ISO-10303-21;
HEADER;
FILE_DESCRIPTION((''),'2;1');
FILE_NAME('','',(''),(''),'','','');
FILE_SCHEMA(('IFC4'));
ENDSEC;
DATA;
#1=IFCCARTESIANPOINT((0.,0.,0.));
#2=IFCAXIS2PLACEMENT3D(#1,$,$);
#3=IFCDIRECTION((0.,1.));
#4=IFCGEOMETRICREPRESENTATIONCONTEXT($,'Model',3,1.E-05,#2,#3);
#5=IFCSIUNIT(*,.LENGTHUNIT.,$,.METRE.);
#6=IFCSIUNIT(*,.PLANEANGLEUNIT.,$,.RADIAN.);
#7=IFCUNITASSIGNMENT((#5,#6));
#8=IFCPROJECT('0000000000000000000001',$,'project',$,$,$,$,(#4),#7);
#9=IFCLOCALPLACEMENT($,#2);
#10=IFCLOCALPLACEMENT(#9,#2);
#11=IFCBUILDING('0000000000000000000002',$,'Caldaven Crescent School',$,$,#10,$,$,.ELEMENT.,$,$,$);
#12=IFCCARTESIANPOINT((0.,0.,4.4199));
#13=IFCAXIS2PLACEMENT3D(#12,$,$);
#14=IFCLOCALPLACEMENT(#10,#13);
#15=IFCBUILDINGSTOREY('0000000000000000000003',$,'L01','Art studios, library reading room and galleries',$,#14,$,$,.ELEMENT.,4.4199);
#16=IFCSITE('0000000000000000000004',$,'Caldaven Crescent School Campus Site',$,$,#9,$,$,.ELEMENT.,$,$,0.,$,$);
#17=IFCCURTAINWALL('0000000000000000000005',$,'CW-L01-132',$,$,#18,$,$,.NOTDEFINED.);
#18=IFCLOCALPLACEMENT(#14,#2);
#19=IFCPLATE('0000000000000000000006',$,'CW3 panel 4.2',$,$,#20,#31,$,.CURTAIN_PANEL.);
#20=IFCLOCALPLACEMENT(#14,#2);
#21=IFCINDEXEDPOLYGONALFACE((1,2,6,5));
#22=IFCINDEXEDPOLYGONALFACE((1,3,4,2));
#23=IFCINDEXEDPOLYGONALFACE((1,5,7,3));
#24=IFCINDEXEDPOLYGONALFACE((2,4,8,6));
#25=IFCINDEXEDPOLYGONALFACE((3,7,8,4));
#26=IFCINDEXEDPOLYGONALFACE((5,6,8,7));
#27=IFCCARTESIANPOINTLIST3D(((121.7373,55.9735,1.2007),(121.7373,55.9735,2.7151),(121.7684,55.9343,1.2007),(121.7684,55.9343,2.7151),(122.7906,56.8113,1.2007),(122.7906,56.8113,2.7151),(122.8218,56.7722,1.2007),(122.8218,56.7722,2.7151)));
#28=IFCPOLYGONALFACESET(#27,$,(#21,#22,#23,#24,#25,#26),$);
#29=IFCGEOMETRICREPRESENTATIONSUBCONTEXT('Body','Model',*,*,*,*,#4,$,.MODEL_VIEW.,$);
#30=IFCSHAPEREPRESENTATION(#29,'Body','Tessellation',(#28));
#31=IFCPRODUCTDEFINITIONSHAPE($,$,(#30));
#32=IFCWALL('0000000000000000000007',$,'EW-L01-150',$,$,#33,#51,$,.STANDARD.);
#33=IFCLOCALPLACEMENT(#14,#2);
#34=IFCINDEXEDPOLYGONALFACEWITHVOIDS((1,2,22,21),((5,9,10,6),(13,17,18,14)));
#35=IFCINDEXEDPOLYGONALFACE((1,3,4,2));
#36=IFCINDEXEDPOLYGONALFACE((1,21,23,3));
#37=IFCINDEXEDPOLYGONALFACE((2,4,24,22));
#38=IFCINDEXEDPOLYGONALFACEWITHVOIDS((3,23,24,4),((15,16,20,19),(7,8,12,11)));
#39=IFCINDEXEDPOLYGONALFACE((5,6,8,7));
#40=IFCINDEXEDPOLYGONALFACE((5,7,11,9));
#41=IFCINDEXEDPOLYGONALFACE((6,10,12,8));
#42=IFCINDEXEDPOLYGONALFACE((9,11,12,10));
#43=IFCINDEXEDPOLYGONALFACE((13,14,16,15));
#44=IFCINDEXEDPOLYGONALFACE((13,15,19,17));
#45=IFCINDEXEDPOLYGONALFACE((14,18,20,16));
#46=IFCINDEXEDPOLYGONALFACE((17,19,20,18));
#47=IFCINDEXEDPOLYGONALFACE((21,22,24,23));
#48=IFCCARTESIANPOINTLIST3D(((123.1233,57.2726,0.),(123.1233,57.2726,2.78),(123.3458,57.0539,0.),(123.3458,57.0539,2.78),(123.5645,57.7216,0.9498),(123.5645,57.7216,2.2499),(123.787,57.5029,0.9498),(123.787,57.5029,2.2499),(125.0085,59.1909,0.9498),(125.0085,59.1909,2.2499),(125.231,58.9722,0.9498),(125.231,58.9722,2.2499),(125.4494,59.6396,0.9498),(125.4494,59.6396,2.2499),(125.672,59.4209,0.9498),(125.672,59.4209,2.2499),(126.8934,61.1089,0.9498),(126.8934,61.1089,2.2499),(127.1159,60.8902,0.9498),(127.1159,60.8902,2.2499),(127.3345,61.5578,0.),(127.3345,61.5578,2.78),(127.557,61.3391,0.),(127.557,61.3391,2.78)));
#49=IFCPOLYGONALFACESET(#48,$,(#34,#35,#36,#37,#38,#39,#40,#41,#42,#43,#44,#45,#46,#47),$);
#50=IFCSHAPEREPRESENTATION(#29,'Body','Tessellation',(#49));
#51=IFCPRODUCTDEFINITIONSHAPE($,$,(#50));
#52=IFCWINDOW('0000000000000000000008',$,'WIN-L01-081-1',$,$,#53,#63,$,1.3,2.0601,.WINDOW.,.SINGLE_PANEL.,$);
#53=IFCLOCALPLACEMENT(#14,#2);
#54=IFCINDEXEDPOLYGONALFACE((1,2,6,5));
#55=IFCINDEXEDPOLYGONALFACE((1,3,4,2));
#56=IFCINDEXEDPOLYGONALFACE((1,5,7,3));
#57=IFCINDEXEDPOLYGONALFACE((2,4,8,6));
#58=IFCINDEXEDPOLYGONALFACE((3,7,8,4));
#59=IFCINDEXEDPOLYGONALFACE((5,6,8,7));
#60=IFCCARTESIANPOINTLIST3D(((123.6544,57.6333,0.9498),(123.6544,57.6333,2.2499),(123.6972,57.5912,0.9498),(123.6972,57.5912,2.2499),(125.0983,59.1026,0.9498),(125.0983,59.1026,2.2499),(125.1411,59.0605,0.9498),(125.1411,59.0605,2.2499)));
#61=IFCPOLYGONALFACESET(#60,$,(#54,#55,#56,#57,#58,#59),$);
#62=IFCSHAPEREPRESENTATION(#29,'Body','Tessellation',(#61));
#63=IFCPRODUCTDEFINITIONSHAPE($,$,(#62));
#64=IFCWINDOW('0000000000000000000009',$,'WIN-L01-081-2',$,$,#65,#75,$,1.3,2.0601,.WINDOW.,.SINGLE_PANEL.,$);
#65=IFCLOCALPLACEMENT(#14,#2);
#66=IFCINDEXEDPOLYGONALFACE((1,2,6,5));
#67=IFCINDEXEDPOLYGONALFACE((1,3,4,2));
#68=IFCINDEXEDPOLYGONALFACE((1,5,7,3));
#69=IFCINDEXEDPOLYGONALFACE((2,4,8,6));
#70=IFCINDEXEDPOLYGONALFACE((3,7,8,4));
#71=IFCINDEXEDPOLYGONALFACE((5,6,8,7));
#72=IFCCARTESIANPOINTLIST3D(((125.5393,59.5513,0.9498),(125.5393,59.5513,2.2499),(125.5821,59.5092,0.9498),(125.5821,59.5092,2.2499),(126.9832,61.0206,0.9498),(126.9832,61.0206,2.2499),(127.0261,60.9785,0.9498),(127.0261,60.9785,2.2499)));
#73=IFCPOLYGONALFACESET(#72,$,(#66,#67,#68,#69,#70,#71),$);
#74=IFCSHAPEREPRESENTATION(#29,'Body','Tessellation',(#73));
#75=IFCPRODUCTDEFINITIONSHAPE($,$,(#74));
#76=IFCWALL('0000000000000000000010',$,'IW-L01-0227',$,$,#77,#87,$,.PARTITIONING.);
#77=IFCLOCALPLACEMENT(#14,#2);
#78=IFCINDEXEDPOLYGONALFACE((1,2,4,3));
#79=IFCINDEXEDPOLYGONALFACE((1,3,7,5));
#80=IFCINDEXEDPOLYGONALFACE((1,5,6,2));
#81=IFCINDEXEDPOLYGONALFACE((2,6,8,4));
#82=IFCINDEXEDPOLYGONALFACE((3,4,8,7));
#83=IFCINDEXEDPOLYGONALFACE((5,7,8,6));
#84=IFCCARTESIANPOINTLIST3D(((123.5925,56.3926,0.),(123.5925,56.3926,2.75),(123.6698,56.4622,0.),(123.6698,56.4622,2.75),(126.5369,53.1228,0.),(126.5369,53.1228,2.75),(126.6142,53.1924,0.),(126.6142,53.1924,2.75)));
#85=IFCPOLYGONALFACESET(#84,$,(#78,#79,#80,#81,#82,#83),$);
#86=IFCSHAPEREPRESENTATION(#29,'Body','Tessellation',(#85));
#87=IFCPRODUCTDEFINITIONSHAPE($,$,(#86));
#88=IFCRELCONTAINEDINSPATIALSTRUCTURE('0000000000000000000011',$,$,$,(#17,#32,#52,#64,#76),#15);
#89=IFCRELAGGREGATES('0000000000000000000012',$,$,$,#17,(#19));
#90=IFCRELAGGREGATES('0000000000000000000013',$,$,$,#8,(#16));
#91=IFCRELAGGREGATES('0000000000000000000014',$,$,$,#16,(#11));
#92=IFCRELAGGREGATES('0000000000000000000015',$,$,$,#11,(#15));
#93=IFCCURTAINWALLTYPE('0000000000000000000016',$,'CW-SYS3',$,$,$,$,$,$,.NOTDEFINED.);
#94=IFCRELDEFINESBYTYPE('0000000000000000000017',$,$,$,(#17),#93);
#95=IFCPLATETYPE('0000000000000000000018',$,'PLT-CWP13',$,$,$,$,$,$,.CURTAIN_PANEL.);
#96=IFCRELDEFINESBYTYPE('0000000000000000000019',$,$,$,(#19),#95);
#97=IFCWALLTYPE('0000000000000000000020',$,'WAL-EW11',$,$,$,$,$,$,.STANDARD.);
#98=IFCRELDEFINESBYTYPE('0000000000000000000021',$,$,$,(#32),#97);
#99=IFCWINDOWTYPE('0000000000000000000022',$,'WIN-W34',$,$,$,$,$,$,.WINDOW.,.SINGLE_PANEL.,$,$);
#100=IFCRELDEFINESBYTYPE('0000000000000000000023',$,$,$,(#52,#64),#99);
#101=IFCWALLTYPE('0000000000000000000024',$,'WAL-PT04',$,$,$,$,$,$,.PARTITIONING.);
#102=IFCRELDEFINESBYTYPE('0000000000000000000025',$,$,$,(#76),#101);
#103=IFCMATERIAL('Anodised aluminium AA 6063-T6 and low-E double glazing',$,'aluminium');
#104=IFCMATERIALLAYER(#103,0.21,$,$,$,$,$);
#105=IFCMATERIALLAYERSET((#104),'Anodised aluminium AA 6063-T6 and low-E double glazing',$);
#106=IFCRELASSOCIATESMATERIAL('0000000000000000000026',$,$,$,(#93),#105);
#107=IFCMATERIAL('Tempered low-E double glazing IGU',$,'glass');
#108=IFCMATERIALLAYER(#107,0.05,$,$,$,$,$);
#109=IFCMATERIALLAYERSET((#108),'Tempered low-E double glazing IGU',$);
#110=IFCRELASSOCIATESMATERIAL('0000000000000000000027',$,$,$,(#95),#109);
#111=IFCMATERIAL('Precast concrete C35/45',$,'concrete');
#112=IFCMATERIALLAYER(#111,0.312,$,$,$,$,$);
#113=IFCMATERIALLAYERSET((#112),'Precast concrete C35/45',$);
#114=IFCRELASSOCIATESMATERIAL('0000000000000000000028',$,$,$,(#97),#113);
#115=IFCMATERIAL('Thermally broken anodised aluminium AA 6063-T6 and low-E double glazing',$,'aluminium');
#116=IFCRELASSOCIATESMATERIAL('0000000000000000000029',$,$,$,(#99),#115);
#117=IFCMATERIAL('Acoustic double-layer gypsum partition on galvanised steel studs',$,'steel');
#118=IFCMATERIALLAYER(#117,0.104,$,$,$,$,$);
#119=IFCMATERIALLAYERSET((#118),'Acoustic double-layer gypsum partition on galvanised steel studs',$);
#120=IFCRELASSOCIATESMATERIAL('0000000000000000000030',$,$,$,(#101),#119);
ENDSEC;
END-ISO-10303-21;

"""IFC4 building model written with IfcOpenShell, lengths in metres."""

from ifc_helpers import new_model, si_unit, direction, frame, frame_2d, origin, origin_2d, place, context, subcontext, project, spatial, rectangle, extrude, material, layer, layer_set, type_object, element, fill, aggregate, save


model = new_model("IFC4")

# Units and contexts
model_context = context("Model", 3, precision=1e-05, world=origin(), true_north=direction((0.0, 1.0)))
body_context = subcontext(model_context, "Body", "Model", "MODEL_VIEW")
ifc_project = project(units=[si_unit("LENGTHUNIT", "METRE"), si_unit("PLANEANGLEUNIT", "RADIAN")], contexts=[model_context])

# Site, building, storey
site_placement = place(None, origin())
site = spatial("IfcSite", under=ifc_project, at=site_placement, Name="Caldaven Crescent School Campus Site", CompositionType="ELEMENT", RefElevation=0.0)
building_placement = place(site_placement, origin())
building = spatial("IfcBuilding", under=site, at=building_placement, Name="Caldaven Crescent School", CompositionType="ELEMENT")
storey_placement = place(building_placement, frame((0.0, 0.0, 4.4199)))
storey = spatial("IfcBuildingStorey", under=building, at=storey_placement, Name="L01", Description="Art studios, library reading room and galleries", CompositionType="ELEMENT", Elevation=4.4199)

# Curtain wall
ifc_material_1 = material(Name="Anodised aluminium AA 6063-T6 and low-E double glazing", Category="aluminium")
ifc_layer_1 = layer(ifc_material_1, 0.21)
ifc_layer_set_1 = layer_set([ifc_layer_1], Name="Anodised aluminium AA 6063-T6 and low-E double glazing")
curtain_wall_type = type_object("IfcCurtainWallType", Name="CW-SYS3", PredefinedType="NOTDEFINED", material=ifc_layer_set_1)
curtain_wall_placement = place(storey_placement, origin())
curtain_wall = element("IfcCurtainWall", 1, at=curtain_wall_placement, inside=storey, type_object=curtain_wall_type, Name="CW-L01-132", PredefinedType="NOTDEFINED")

# Plate
ifc_material_2 = material(Name="Tempered low-E double glazing IGU", Category="glass")
ifc_layer_2 = layer(ifc_material_2, 0.05)
ifc_layer_set_2 = layer_set([ifc_layer_2], Name="Tempered low-E double glazing IGU")
plate_type = type_object("IfcPlateType", Name="PLT-CWP13", PredefinedType="CURTAIN_PANEL", material=ifc_layer_set_2)
plate_1_placement = place(storey_placement, frame((122.2795, 56.3728, 1.2007), z_axis=(0.0, 0.0, 1.0), x_axis=(0.782608, 0.622515, 0.0)))
plate_1 = element("IfcPlate", 2, at=plate_1_placement, type_object=plate_type, Name="CW3 panel 4.2", PredefinedType="CURTAIN_PANEL", context=body_context, shape_type="SweptSolid", body=[
    extrude(rectangle(XDim=1.3459, YDim=0.05, at=origin_2d()), origin(), (0.0, 0.0, 1.0), 1.5144),
])
aggregate(curtain_wall, [plate_1])

# Wall, openings, windows
ifc_material_3 = material(Name="Precast concrete C35/45", Category="concrete")
ifc_layer_3 = layer(ifc_material_3, 0.312)
ifc_layer_set_3 = layer_set([ifc_layer_3], Name="Precast concrete C35/45")
wall_type_1 = type_object("IfcWallType", Name="WAL-EW11", PredefinedType="STANDARD", material=ifc_layer_set_3)
wall_1_placement = place(storey_placement, frame((123.2346, 57.1633, 0.0), z_axis=(0.0, 0.0, 1.0), x_axis=(0.700924, 0.713236, 0.0)))
wall_1 = element("IfcWall", 3, at=wall_1_placement, inside=storey, type_object=wall_type_1, Name="EW-L01-150", PredefinedType="STANDARD", context=body_context, shape_type="SweptSolid", body=[
    extrude(rectangle(XDim=6.0081, YDim=0.312, at=frame_2d((3.0039, 0.0))), origin(), (0.0, 0.0, 1.0), 2.78),
])
opening_1_placement = place(wall_1_placement, frame((0.6294, 0.0, 0.95)))
opening_1 = element("IfcOpeningElement", 4, at=opening_1_placement, cuts=wall_1, PredefinedType="OPENING", context=body_context, shape_type="SweptSolid", body=[
    extrude(rectangle(XDim=2.0601, YDim=1.3, at=frame_2d((1.03, 0.6499))), frame((0.0, 0.166, 0.0), z_axis=(0.0, -1.0, 0.0), x_axis=(1.0, 0.0, 0.0)), (0.0, 0.0, 1.0), 0.332),
])
opening_2_placement = place(wall_1_placement, frame((3.3186, 0.0, 0.95)))
opening_2 = element("IfcOpeningElement", 5, at=opening_2_placement, cuts=wall_1, PredefinedType="OPENING", context=body_context, shape_type="SweptSolid", body=[
    extrude(rectangle(XDim=2.0601, YDim=1.3, at=frame_2d((1.03, 0.6499))), frame((0.0, 0.166, 0.0), z_axis=(0.0, -1.0, 0.0), x_axis=(1.0, 0.0, 0.0)), (0.0, 0.0, 1.0), 0.332),
])
ifc_material_4 = material(Name="Thermally broken anodised aluminium AA 6063-T6 and low-E double glazing", Category="aluminium")
window_type = type_object("IfcWindowType", Name="WIN-W34", PartitioningType="SINGLE_PANEL", PredefinedType="WINDOW", material=ifc_material_4)
window_1_placement = place(opening_1_placement, origin())
window_1 = element("IfcWindow", 6, at=window_1_placement, inside=storey, type_object=window_type, Name="WIN-L01-081-1", OverallHeight=1.3, OverallWidth=2.0601, PartitioningType="SINGLE_PANEL", PredefinedType="WINDOW", context=body_context, shape_type="SweptSolid", body=[
    extrude(rectangle(XDim=2.0601, YDim=1.3, at=frame_2d((1.03, 0.6499))), frame((0.0, 0.03, 0.0), z_axis=(0.0, -1.0, 0.0), x_axis=(1.0, 0.0, 0.0)), (0.0, 0.0, 1.0), 0.0601),
])
fill(opening_1, window_1)
window_2_placement = place(opening_2_placement, origin())
window_2 = element("IfcWindow", 7, at=window_2_placement, inside=storey, type_object=window_type, Name="WIN-L01-081-2", OverallHeight=1.3, OverallWidth=2.0601, PartitioningType="SINGLE_PANEL", PredefinedType="WINDOW", context=body_context, shape_type="SweptSolid", body=[
    extrude(rectangle(XDim=2.0601, YDim=1.3, at=frame_2d((1.03, 0.6499))), frame((0.0, 0.03, 0.0), z_axis=(0.0, -1.0, 0.0), x_axis=(1.0, 0.0, 0.0)), (0.0, 0.0, 1.0), 0.0601),
])
fill(opening_2, window_2)

# Wall
ifc_material_5 = material(Name="Acoustic double-layer gypsum partition on galvanised steel studs", Category="steel")
ifc_layer_4 = layer(ifc_material_5, 0.104)
ifc_layer_set_4 = layer_set([ifc_layer_4], Name="Acoustic double-layer gypsum partition on galvanised steel studs")
wall_type_2 = type_object("IfcWallType", Name="WAL-PT04", PredefinedType="PARTITIONING", material=ifc_layer_set_4)
wall_2_placement = place(storey_placement, frame((123.6311, 56.4275, 0.0), z_axis=(0.0, 0.0, 1.0), x_axis=(0.669158, -0.74312, 0.0)))
element("IfcWall", 8, at=wall_2_placement, inside=storey, type_object=wall_type_2, Name="IW-L01-0227", PredefinedType="PARTITIONING", context=body_context, shape_type="SweptSolid", body=[
    extrude(rectangle(XDim=4.4001, YDim=0.104, at=frame_2d((2.2002, 0.0))), origin(), (0.0, 0.0, 1.0), 2.75),
])

save(model, "model.ifc")
